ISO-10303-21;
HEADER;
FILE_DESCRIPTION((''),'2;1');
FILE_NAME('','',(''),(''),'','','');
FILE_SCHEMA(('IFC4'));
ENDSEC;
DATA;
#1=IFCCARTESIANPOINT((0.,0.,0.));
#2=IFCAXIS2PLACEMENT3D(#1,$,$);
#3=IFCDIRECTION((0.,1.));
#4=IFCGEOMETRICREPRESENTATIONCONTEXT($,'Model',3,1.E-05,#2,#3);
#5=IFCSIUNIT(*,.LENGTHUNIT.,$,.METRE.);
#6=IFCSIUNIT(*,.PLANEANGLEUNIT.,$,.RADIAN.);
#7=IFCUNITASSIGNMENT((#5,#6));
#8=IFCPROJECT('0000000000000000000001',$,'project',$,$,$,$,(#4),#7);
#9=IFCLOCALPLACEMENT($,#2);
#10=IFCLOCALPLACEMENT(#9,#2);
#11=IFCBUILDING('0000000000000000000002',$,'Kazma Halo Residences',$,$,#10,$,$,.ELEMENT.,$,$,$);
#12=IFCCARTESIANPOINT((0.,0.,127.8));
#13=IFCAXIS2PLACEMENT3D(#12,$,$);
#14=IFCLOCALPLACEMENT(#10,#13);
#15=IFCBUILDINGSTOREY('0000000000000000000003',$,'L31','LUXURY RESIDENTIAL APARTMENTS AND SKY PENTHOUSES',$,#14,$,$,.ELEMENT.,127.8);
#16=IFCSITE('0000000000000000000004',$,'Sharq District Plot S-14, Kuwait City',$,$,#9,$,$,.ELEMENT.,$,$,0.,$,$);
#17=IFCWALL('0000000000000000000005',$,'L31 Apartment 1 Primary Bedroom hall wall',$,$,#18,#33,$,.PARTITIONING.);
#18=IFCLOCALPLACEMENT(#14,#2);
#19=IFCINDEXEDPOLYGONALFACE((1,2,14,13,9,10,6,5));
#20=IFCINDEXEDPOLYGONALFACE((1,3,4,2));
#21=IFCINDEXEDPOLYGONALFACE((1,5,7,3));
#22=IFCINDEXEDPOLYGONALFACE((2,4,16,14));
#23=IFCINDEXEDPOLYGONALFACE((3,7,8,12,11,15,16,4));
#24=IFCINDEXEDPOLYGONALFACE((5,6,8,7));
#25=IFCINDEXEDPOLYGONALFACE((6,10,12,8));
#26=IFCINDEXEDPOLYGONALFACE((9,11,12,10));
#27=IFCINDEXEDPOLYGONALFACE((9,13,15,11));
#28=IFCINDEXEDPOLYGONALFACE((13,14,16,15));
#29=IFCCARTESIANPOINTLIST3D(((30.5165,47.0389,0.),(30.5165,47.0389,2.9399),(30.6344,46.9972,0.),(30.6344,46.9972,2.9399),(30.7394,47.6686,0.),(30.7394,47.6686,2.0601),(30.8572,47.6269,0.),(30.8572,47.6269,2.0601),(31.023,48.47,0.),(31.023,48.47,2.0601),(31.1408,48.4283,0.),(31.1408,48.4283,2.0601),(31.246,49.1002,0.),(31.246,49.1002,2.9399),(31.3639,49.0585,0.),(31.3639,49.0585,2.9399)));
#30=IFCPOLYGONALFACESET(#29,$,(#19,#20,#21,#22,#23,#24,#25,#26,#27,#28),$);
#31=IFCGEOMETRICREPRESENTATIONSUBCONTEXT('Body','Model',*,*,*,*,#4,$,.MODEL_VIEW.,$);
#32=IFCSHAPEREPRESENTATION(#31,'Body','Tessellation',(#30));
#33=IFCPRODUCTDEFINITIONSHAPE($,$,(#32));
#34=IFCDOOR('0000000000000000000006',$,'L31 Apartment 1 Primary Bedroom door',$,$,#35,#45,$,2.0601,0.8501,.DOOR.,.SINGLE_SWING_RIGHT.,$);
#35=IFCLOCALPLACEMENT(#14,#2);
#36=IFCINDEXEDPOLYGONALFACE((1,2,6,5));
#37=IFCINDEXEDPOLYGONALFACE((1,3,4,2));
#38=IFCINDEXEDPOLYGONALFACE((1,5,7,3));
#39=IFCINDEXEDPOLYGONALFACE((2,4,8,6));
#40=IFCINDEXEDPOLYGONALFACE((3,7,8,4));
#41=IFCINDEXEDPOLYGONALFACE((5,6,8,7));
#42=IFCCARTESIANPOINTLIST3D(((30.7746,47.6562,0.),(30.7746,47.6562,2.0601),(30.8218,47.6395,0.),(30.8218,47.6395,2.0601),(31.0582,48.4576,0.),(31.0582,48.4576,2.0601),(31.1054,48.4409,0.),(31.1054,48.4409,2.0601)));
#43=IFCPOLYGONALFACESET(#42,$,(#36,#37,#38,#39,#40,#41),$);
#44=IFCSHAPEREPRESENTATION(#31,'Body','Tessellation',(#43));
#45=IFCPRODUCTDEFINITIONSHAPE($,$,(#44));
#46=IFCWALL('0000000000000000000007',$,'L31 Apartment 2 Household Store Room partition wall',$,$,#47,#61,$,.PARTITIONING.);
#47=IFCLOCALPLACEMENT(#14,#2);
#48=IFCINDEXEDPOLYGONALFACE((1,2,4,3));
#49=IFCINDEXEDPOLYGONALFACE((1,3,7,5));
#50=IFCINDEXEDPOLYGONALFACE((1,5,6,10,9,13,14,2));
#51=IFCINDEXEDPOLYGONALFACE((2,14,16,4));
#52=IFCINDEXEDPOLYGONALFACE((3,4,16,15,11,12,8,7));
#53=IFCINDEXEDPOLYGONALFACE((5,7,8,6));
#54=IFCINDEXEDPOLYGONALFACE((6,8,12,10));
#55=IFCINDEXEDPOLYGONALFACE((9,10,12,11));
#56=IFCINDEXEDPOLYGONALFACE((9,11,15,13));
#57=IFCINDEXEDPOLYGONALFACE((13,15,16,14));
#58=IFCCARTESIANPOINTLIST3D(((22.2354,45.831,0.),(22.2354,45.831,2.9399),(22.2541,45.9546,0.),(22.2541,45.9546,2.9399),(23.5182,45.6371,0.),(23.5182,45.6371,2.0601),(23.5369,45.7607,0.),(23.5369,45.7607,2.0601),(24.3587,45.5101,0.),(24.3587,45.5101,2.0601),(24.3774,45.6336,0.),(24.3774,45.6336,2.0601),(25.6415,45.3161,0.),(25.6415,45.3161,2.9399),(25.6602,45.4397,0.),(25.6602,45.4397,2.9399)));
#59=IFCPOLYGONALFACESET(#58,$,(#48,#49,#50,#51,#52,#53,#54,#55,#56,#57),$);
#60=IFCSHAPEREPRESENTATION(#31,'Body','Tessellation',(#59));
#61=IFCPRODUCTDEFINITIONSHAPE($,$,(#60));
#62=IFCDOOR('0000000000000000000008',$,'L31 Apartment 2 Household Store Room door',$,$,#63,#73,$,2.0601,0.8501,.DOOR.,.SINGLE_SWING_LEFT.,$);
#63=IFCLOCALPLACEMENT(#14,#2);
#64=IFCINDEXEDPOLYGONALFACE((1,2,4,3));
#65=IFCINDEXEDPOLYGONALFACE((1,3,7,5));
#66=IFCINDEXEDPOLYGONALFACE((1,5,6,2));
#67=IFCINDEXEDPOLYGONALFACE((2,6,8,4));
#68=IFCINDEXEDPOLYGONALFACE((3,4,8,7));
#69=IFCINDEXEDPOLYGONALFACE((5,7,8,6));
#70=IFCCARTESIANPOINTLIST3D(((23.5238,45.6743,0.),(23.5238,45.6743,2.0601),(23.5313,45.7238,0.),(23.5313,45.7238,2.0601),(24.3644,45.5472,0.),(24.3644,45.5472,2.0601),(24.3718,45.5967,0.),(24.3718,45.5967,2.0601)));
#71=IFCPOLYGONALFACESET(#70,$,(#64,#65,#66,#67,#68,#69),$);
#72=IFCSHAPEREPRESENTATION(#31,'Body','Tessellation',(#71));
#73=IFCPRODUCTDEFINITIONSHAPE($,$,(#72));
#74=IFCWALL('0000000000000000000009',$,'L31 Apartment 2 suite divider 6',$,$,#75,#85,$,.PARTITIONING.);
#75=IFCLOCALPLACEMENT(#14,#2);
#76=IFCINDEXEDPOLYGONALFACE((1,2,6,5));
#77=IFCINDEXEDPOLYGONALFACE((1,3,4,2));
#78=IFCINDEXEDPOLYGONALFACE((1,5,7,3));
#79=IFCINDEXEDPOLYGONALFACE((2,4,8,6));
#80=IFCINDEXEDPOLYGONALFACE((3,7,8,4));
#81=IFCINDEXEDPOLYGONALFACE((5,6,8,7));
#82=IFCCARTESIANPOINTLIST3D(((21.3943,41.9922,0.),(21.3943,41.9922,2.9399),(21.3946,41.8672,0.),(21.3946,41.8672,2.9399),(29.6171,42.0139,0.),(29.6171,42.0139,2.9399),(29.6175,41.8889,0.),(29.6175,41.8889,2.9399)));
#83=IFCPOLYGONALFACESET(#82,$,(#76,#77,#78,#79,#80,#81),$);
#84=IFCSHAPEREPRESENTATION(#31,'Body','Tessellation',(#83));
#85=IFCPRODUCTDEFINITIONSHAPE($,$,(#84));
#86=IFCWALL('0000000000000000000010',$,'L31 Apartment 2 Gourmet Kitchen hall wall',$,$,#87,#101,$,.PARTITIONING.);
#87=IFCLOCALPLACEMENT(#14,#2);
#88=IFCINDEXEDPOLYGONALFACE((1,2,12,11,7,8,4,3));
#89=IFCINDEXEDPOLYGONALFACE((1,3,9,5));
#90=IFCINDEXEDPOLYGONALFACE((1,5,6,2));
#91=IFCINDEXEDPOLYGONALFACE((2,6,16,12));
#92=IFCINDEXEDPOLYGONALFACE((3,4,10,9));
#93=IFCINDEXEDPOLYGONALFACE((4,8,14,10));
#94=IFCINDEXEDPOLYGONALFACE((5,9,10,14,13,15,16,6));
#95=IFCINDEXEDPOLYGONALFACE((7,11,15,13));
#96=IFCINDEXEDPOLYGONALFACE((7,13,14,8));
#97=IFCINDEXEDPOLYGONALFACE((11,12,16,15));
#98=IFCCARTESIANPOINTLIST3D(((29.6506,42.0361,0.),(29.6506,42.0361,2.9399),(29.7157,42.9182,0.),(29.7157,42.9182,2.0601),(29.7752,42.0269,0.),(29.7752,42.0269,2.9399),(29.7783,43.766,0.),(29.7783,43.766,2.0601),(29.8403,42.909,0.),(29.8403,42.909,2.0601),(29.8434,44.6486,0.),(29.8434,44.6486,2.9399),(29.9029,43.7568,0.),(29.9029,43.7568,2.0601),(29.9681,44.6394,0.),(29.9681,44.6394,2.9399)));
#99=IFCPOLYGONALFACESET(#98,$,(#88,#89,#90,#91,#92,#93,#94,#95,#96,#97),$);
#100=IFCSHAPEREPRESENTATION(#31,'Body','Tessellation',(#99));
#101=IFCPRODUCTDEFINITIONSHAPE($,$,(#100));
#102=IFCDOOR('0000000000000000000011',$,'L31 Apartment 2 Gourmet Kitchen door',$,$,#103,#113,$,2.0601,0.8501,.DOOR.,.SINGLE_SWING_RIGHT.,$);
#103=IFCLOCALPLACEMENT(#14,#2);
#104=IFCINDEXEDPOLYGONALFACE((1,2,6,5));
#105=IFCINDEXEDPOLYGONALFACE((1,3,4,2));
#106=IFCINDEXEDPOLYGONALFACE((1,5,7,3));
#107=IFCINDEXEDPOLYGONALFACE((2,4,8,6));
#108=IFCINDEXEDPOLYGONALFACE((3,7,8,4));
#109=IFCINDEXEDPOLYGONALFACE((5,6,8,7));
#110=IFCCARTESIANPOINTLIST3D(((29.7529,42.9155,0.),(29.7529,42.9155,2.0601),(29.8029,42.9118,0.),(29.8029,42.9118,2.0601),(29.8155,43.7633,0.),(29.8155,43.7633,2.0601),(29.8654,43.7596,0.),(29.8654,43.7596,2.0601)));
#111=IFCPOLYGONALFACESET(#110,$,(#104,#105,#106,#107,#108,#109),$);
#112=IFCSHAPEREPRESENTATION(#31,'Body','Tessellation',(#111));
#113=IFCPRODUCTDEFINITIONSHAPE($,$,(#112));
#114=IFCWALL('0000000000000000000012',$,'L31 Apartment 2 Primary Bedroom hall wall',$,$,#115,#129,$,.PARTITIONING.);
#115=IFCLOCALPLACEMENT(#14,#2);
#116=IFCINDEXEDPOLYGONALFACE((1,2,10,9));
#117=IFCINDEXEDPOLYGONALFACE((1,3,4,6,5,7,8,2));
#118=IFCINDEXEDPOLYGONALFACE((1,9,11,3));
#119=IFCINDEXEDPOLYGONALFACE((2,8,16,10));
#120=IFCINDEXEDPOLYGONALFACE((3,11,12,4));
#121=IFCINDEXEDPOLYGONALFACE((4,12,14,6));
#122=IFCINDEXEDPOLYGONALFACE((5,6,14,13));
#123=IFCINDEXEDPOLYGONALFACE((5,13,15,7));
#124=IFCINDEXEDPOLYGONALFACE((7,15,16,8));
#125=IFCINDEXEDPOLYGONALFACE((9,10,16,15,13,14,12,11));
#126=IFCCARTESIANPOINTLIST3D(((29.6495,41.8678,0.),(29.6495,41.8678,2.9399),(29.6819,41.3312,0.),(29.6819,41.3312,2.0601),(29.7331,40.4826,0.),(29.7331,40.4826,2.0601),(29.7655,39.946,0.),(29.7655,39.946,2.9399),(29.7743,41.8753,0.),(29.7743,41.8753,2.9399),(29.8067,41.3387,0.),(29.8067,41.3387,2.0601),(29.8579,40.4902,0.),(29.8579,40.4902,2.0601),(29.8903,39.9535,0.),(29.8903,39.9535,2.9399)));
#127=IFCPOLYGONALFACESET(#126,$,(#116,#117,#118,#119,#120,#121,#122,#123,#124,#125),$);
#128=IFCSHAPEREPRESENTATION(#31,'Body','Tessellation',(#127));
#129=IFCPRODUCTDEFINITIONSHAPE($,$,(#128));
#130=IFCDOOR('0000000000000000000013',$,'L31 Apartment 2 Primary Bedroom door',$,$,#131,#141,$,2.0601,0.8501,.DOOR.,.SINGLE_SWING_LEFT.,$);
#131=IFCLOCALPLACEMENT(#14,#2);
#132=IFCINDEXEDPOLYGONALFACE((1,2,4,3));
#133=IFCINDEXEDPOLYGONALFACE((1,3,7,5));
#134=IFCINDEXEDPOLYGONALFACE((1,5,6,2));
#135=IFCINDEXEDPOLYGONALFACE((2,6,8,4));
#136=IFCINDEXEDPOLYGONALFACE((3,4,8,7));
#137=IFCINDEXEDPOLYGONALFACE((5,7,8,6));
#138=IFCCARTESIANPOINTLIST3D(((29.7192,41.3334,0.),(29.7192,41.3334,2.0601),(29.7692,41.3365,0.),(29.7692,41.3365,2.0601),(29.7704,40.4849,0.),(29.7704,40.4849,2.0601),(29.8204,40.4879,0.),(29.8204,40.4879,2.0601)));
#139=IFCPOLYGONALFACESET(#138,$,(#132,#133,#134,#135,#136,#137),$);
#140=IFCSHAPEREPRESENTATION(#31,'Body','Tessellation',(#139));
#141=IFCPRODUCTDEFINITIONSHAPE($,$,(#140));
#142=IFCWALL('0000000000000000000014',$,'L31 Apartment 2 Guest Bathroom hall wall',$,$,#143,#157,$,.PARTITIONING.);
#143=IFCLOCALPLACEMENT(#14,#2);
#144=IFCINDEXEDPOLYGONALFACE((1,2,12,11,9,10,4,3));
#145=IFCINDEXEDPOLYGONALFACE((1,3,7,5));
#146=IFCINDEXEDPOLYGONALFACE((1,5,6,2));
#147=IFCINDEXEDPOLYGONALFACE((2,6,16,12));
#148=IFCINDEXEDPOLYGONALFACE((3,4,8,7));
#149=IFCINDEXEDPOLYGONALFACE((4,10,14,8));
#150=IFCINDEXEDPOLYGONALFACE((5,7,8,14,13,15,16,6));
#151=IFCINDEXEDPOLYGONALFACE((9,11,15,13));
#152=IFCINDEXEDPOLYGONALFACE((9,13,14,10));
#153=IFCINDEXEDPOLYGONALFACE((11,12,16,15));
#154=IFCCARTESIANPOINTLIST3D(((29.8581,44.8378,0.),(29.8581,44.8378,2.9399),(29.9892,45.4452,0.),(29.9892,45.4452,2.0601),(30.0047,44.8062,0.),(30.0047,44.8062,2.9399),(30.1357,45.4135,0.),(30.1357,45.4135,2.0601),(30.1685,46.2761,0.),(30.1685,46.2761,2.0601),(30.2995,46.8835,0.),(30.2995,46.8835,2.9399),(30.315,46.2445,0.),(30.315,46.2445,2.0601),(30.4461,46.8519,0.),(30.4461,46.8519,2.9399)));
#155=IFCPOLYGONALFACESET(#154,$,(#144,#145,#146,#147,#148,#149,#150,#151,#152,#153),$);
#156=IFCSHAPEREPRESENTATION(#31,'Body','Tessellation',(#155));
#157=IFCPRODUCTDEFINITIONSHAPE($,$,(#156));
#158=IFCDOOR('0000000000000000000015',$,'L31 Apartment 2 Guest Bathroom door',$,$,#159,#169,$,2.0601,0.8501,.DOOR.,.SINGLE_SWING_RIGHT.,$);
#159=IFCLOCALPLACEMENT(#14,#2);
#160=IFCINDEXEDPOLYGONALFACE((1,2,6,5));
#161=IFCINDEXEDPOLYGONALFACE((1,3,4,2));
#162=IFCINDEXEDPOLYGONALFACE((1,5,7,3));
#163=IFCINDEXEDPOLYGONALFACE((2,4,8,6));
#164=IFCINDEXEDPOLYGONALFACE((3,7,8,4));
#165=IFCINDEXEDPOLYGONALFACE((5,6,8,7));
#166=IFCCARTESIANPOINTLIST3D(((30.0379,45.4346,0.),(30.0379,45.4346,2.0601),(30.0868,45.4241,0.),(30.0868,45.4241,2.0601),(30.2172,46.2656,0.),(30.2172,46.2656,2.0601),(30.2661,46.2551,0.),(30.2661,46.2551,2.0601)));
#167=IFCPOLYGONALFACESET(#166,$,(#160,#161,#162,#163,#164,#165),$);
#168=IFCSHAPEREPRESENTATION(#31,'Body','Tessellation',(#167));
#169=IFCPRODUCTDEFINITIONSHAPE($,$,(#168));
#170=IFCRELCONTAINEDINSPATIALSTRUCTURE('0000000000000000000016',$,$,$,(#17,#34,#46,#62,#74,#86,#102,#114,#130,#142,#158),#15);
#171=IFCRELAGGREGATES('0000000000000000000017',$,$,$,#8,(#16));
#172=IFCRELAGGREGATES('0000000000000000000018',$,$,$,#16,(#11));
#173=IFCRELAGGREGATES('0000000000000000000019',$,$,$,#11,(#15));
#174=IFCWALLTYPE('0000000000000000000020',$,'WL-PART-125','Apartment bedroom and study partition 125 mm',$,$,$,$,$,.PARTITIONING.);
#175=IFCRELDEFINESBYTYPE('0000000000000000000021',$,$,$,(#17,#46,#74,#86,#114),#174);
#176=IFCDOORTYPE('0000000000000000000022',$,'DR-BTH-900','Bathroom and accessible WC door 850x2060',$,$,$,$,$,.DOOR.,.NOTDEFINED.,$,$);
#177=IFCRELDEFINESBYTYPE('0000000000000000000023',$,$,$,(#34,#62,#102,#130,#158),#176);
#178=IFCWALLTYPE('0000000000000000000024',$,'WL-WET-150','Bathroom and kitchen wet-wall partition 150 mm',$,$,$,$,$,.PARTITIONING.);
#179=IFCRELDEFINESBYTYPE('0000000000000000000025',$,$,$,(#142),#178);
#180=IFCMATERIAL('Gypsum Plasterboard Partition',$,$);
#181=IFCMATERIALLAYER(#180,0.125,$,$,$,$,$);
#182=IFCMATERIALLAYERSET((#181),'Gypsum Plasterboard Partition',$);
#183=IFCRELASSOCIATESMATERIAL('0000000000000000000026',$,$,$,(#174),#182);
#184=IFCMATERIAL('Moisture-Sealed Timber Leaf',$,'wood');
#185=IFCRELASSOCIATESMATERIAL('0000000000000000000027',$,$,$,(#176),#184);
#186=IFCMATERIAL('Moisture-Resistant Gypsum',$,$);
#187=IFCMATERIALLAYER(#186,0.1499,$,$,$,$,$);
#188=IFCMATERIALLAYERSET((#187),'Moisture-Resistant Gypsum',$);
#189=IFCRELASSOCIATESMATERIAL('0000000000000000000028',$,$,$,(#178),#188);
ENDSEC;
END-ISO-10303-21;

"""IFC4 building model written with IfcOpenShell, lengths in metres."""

from ifc_helpers import new_model, si_unit, direction, frame, frame_2d, origin, place, context, subcontext, project, spatial, rectangle, extrude, material, layer, layer_set, type_object, element, fill, save


model = new_model("IFC4")

# Units and contexts
model_context = context("Model", 3, precision=1e-05, world=origin(), true_north=direction((0.0, 1.0)))
body_context = subcontext(model_context, "Body", "Model", "MODEL_VIEW")
ifc_project = project(units=[si_unit("LENGTHUNIT", "METRE"), si_unit("PLANEANGLEUNIT", "RADIAN")], contexts=[model_context])

# Site, building, storey
site_placement = place(None, origin())
site = spatial("IfcSite", under=ifc_project, at=site_placement, Name="Sharq District Plot S-14, Kuwait City", CompositionType="ELEMENT", RefElevation=0.0)
building_placement = place(site_placement, origin())
building = spatial("IfcBuilding", under=site, at=building_placement, Name="Kazma Halo Residences", CompositionType="ELEMENT")
storey_placement = place(building_placement, frame((0.0, 0.0, 127.8)))
storey = spatial("IfcBuildingStorey", under=building, at=storey_placement, Name="L31", Description="LUXURY RESIDENTIAL APARTMENTS AND SKY PENTHOUSES", CompositionType="ELEMENT", Elevation=127.8)

# Walls, openings, doors
ifc_material_1 = material(Name="Gypsum Plasterboard Partition")
ifc_layer_1 = layer(ifc_material_1, 0.125)
ifc_layer_set_1 = layer_set([ifc_layer_1], Name="Gypsum Plasterboard Partition")
wall_type_1 = type_object("IfcWallType", Name="WL-PART-125", Description="Apartment bedroom and study partition 125 mm", PredefinedType="PARTITIONING", material=ifc_layer_set_1)
wall_1_placement = place(storey_placement, frame((31.3049, 49.0793, 0.0), z_axis=(0.0, 0.0, 1.0), x_axis=(-0.333626, -0.942706, 0.0)))
wall_1 = element("IfcWall", 1, at=wall_1_placement, inside=storey, type_object=wall_type_1, Name="L31 Apartment 1 Primary Bedroom hall wall", PredefinedType="PARTITIONING", context=body_context, shape_type="SweptSolid", body=[
    extrude(rectangle(XDim=2.1865, YDim=0.125, at=frame_2d((1.0933, 0.0))), origin(), (0.0, 0.0, 1.0), 2.9399),
])
opening_1_placement = place(wall_1_placement, frame((0.6685, 0.0, 0.0)))
opening_1 = element("IfcOpeningElement", 2, at=opening_1_placement, cuts=wall_1, PredefinedType="OPENING", context=body_context, shape_type="SweptSolid", body=[
    extrude(rectangle(XDim=0.8501, YDim=2.0601, at=frame_2d((0.425, 1.03))), frame((0.0, 0.0725, 0.0), z_axis=(0.0, -1.0, 0.0), x_axis=(1.0, 0.0, 0.0)), (0.0, 0.0, 1.0), 0.145),
])
ifc_material_2 = material(Name="Moisture-Sealed Timber Leaf", Category="wood")
door_type = type_object("IfcDoorType", Name="DR-BTH-900", Description="Bathroom and accessible WC door 850x2060", OperationType="NOTDEFINED", PredefinedType="DOOR", material=ifc_material_2)
door_1_placement = place(opening_1_placement, origin())
door_1 = element("IfcDoor", 3, at=door_1_placement, inside=storey, type_object=door_type, Name="L31 Apartment 1 Primary Bedroom door", OperationType="SINGLE_SWING_RIGHT", OverallHeight=2.0601, OverallWidth=0.8501, PredefinedType="DOOR", context=body_context, shape_type="SweptSolid", body=[
    extrude(rectangle(XDim=0.8501, YDim=2.0601, at=frame_2d((0.425, 1.03))), frame((0.0, 0.0249, 0.0), z_axis=(0.0, -1.0, 0.0), x_axis=(1.0, 0.0, 0.0)), (0.0, 0.0, 1.0), 0.05),
])
fill(opening_1, door_1)
wall_2_placement = place(storey_placement, frame((25.6509, 45.3779, 0.0), z_axis=(0.0, 0.0, 1.0), x_axis=(-0.988766, 0.149474, 0.0)))
wall_2 = element("IfcWall", 4, at=wall_2_placement, inside=storey, type_object=wall_type_1, Name="L31 Apartment 2 Household Store Room partition wall", PredefinedType="PARTITIONING", context=body_context, shape_type="SweptSolid", body=[
    extrude(rectangle(XDim=3.4448, YDim=0.125, at=frame_2d((1.7224, 0.0))), origin(), (0.0, 0.0, 1.0), 2.9399),
])
opening_2_placement = place(wall_2_placement, frame((1.2974, 0.0, 0.0)))
opening_2 = element("IfcOpeningElement", 5, at=opening_2_placement, cuts=wall_2, PredefinedType="OPENING", context=body_context, shape_type="SweptSolid", body=[
    extrude(rectangle(XDim=0.8501, YDim=2.0601, at=frame_2d((0.425, 1.03))), frame((0.0, 0.0725, 0.0), z_axis=(0.0, -1.0, 0.0), x_axis=(1.0, 0.0, 0.0)), (0.0, 0.0, 1.0), 0.145),
])
door_2_placement = place(opening_2_placement, origin())
door_2 = element("IfcDoor", 6, at=door_2_placement, inside=storey, type_object=door_type, Name="L31 Apartment 2 Household Store Room door", OperationType="SINGLE_SWING_LEFT", OverallHeight=2.0601, OverallWidth=0.8501, PredefinedType="DOOR", context=body_context, shape_type="SweptSolid", body=[
    extrude(rectangle(XDim=0.8501, YDim=2.0601, at=frame_2d((0.425, 1.03))), frame((0.0, 0.0249, 0.0), z_axis=(0.0, -1.0, 0.0), x_axis=(1.0, 0.0, 0.0)), (0.0, 0.0, 1.0), 0.05),
])
fill(opening_2, door_2)

# Wall
wall_3_placement = place(storey_placement, frame((29.6172, 41.9514, 0.0), z_axis=(0.0, 0.0, 1.0), x_axis=(-0.999997, -0.002642, 0.0)))
element("IfcWall", 7, at=wall_3_placement, inside=storey, type_object=wall_type_1, Name="L31 Apartment 2 suite divider 6", PredefinedType="PARTITIONING", context=body_context, shape_type="SweptSolid", body=[
    extrude(rectangle(XDim=8.2229, YDim=0.125, at=frame_2d((4.1113, 0.0))), origin(), (0.0, 0.0, 1.0), 2.9399),
])

# Walls, openings, doors
wall_4_placement = place(storey_placement, frame((29.9058, 44.644, 0.0), z_axis=(0.0, 0.0, 1.0), x_axis=(-0.073625, -0.997286, 0.0)))
wall_4 = element("IfcWall", 8, at=wall_4_placement, inside=storey, type_object=wall_type_1, Name="L31 Apartment 2 Gourmet Kitchen hall wall", PredefinedType="PARTITIONING", context=body_context, shape_type="SweptSolid", body=[
    extrude(rectangle(XDim=2.6196, YDim=0.125, at=frame_2d((1.3098, 0.0))), origin(), (0.0, 0.0, 1.0), 2.9399),
])
opening_3_placement = place(wall_4_placement, frame((0.885, 0.0, 0.0)))
opening_3 = element("IfcOpeningElement", 9, at=opening_3_placement, cuts=wall_4, PredefinedType="OPENING", context=body_context, shape_type="SweptSolid", body=[
    extrude(rectangle(XDim=0.8501, YDim=2.0601, at=frame_2d((0.425, 1.03))), frame((0.0, 0.0725, 0.0), z_axis=(0.0, -1.0, 0.0), x_axis=(1.0, 0.0, 0.0)), (0.0, 0.0, 1.0), 0.145),
])
door_3_placement = place(opening_3_placement, origin())
door_3 = element("IfcDoor", 10, at=door_3_placement, inside=storey, type_object=door_type, Name="L31 Apartment 2 Gourmet Kitchen door", OperationType="SINGLE_SWING_RIGHT", OverallHeight=2.0601, OverallWidth=0.8501, PredefinedType="DOOR", context=body_context, shape_type="SweptSolid", body=[
    extrude(rectangle(XDim=0.8501, YDim=2.0601, at=frame_2d((0.425, 1.03))), frame((0.0, 0.0249, 0.0), z_axis=(0.0, -1.0, 0.0), x_axis=(1.0, 0.0, 0.0)), (0.0, 0.0, 1.0), 0.05),
])
fill(opening_3, door_3)
wall_5_placement = place(storey_placement, frame((29.7119, 41.8716, 0.0), z_axis=(0.0, 0.0, 1.0), x_axis=(0.060231, -0.998184, 0.0)))
wall_5 = element("IfcWall", 11, at=wall_5_placement, inside=storey, type_object=wall_type_1, Name="L31 Apartment 2 Primary Bedroom hall wall", PredefinedType="PARTITIONING", context=body_context, shape_type="SweptSolid", body=[
    extrude(rectangle(XDim=1.9253, YDim=0.125, at=frame_2d((0.9626, 0.0))), origin(), (0.0, 0.0, 1.0), 2.9399),
])
opening_4_placement = place(wall_5_placement, frame((0.5376, 0.0, 0.0)))
opening_4 = element("IfcOpeningElement", 12, at=opening_4_placement, cuts=wall_5, PredefinedType="OPENING", context=body_context, shape_type="SweptSolid", body=[
    extrude(rectangle(XDim=0.8501, YDim=2.0601, at=frame_2d((0.425, 1.03))), frame((0.0, 0.0725, 0.0), z_axis=(0.0, -1.0, 0.0), x_axis=(1.0, 0.0, 0.0)), (0.0, 0.0, 1.0), 0.145),
])
door_4_placement = place(opening_4_placement, origin())
door_4 = element("IfcDoor", 13, at=door_4_placement, inside=storey, type_object=door_type, Name="L31 Apartment 2 Primary Bedroom door", OperationType="SINGLE_SWING_LEFT", OverallHeight=2.0601, OverallWidth=0.8501, PredefinedType="DOOR", context=body_context, shape_type="SweptSolid", body=[
    extrude(rectangle(XDim=0.8501, YDim=2.0601, at=frame_2d((0.425, 1.03))), frame((0.0, 0.0249, 0.0), z_axis=(0.0, -1.0, 0.0), x_axis=(1.0, 0.0, 0.0)), (0.0, 0.0, 1.0), 0.05),
])
fill(opening_4, door_4)
ifc_material_3 = material(Name="Moisture-Resistant Gypsum")
ifc_layer_2 = layer(ifc_material_3, 0.1499)
ifc_layer_set_2 = layer_set([ifc_layer_2], Name="Moisture-Resistant Gypsum")
wall_type_2 = type_object("IfcWallType", Name="WL-WET-150", Description="Bathroom and kitchen wet-wall partition 150 mm", PredefinedType="PARTITIONING", material=ifc_layer_set_2)
wall_6_placement = place(storey_placement, frame((30.3728, 46.8677, 0.0), z_axis=(0.0, 0.0, 1.0), x_axis=(-0.210923, -0.977503, 0.0)))
wall_6 = element("IfcWall", 14, at=wall_6_placement, inside=storey, type_object=wall_type_2, Name="L31 Apartment 2 Guest Bathroom hall wall", PredefinedType="PARTITIONING", context=body_context, shape_type="SweptSolid", body=[
    extrude(rectangle(XDim=2.0928, YDim=0.1499, at=frame_2d((1.0464, 0.0))), origin(), (0.0, 0.0, 1.0), 2.9399),
])
opening_5_placement = place(wall_6_placement, frame((0.6213, 0.0, 0.0)))
opening_5 = element("IfcOpeningElement", 15, at=opening_5_placement, cuts=wall_6, PredefinedType="OPENING", context=body_context, shape_type="SweptSolid", body=[
    extrude(rectangle(XDim=0.8501, YDim=2.0601, at=frame_2d((0.425, 1.03))), frame((0.0, 0.085, 0.0), z_axis=(0.0, -1.0, 0.0), x_axis=(1.0, 0.0, 0.0)), (0.0, 0.0, 1.0), 0.1699),
])
door_5_placement = place(opening_5_placement, origin())
door_5 = element("IfcDoor", 16, at=door_5_placement, inside=storey, type_object=door_type, Name="L31 Apartment 2 Guest Bathroom door", OperationType="SINGLE_SWING_RIGHT", OverallHeight=2.0601, OverallWidth=0.8501, PredefinedType="DOOR", context=body_context, shape_type="SweptSolid", body=[
    extrude(rectangle(XDim=0.8501, YDim=2.0601, at=frame_2d((0.425, 1.03))), frame((0.0, 0.0249, 0.0), z_axis=(0.0, -1.0, 0.0), x_axis=(1.0, 0.0, 0.0)), (0.0, 0.0, 1.0), 0.05),
])
fill(opening_5, door_5)

save(model, "model.ifc")
